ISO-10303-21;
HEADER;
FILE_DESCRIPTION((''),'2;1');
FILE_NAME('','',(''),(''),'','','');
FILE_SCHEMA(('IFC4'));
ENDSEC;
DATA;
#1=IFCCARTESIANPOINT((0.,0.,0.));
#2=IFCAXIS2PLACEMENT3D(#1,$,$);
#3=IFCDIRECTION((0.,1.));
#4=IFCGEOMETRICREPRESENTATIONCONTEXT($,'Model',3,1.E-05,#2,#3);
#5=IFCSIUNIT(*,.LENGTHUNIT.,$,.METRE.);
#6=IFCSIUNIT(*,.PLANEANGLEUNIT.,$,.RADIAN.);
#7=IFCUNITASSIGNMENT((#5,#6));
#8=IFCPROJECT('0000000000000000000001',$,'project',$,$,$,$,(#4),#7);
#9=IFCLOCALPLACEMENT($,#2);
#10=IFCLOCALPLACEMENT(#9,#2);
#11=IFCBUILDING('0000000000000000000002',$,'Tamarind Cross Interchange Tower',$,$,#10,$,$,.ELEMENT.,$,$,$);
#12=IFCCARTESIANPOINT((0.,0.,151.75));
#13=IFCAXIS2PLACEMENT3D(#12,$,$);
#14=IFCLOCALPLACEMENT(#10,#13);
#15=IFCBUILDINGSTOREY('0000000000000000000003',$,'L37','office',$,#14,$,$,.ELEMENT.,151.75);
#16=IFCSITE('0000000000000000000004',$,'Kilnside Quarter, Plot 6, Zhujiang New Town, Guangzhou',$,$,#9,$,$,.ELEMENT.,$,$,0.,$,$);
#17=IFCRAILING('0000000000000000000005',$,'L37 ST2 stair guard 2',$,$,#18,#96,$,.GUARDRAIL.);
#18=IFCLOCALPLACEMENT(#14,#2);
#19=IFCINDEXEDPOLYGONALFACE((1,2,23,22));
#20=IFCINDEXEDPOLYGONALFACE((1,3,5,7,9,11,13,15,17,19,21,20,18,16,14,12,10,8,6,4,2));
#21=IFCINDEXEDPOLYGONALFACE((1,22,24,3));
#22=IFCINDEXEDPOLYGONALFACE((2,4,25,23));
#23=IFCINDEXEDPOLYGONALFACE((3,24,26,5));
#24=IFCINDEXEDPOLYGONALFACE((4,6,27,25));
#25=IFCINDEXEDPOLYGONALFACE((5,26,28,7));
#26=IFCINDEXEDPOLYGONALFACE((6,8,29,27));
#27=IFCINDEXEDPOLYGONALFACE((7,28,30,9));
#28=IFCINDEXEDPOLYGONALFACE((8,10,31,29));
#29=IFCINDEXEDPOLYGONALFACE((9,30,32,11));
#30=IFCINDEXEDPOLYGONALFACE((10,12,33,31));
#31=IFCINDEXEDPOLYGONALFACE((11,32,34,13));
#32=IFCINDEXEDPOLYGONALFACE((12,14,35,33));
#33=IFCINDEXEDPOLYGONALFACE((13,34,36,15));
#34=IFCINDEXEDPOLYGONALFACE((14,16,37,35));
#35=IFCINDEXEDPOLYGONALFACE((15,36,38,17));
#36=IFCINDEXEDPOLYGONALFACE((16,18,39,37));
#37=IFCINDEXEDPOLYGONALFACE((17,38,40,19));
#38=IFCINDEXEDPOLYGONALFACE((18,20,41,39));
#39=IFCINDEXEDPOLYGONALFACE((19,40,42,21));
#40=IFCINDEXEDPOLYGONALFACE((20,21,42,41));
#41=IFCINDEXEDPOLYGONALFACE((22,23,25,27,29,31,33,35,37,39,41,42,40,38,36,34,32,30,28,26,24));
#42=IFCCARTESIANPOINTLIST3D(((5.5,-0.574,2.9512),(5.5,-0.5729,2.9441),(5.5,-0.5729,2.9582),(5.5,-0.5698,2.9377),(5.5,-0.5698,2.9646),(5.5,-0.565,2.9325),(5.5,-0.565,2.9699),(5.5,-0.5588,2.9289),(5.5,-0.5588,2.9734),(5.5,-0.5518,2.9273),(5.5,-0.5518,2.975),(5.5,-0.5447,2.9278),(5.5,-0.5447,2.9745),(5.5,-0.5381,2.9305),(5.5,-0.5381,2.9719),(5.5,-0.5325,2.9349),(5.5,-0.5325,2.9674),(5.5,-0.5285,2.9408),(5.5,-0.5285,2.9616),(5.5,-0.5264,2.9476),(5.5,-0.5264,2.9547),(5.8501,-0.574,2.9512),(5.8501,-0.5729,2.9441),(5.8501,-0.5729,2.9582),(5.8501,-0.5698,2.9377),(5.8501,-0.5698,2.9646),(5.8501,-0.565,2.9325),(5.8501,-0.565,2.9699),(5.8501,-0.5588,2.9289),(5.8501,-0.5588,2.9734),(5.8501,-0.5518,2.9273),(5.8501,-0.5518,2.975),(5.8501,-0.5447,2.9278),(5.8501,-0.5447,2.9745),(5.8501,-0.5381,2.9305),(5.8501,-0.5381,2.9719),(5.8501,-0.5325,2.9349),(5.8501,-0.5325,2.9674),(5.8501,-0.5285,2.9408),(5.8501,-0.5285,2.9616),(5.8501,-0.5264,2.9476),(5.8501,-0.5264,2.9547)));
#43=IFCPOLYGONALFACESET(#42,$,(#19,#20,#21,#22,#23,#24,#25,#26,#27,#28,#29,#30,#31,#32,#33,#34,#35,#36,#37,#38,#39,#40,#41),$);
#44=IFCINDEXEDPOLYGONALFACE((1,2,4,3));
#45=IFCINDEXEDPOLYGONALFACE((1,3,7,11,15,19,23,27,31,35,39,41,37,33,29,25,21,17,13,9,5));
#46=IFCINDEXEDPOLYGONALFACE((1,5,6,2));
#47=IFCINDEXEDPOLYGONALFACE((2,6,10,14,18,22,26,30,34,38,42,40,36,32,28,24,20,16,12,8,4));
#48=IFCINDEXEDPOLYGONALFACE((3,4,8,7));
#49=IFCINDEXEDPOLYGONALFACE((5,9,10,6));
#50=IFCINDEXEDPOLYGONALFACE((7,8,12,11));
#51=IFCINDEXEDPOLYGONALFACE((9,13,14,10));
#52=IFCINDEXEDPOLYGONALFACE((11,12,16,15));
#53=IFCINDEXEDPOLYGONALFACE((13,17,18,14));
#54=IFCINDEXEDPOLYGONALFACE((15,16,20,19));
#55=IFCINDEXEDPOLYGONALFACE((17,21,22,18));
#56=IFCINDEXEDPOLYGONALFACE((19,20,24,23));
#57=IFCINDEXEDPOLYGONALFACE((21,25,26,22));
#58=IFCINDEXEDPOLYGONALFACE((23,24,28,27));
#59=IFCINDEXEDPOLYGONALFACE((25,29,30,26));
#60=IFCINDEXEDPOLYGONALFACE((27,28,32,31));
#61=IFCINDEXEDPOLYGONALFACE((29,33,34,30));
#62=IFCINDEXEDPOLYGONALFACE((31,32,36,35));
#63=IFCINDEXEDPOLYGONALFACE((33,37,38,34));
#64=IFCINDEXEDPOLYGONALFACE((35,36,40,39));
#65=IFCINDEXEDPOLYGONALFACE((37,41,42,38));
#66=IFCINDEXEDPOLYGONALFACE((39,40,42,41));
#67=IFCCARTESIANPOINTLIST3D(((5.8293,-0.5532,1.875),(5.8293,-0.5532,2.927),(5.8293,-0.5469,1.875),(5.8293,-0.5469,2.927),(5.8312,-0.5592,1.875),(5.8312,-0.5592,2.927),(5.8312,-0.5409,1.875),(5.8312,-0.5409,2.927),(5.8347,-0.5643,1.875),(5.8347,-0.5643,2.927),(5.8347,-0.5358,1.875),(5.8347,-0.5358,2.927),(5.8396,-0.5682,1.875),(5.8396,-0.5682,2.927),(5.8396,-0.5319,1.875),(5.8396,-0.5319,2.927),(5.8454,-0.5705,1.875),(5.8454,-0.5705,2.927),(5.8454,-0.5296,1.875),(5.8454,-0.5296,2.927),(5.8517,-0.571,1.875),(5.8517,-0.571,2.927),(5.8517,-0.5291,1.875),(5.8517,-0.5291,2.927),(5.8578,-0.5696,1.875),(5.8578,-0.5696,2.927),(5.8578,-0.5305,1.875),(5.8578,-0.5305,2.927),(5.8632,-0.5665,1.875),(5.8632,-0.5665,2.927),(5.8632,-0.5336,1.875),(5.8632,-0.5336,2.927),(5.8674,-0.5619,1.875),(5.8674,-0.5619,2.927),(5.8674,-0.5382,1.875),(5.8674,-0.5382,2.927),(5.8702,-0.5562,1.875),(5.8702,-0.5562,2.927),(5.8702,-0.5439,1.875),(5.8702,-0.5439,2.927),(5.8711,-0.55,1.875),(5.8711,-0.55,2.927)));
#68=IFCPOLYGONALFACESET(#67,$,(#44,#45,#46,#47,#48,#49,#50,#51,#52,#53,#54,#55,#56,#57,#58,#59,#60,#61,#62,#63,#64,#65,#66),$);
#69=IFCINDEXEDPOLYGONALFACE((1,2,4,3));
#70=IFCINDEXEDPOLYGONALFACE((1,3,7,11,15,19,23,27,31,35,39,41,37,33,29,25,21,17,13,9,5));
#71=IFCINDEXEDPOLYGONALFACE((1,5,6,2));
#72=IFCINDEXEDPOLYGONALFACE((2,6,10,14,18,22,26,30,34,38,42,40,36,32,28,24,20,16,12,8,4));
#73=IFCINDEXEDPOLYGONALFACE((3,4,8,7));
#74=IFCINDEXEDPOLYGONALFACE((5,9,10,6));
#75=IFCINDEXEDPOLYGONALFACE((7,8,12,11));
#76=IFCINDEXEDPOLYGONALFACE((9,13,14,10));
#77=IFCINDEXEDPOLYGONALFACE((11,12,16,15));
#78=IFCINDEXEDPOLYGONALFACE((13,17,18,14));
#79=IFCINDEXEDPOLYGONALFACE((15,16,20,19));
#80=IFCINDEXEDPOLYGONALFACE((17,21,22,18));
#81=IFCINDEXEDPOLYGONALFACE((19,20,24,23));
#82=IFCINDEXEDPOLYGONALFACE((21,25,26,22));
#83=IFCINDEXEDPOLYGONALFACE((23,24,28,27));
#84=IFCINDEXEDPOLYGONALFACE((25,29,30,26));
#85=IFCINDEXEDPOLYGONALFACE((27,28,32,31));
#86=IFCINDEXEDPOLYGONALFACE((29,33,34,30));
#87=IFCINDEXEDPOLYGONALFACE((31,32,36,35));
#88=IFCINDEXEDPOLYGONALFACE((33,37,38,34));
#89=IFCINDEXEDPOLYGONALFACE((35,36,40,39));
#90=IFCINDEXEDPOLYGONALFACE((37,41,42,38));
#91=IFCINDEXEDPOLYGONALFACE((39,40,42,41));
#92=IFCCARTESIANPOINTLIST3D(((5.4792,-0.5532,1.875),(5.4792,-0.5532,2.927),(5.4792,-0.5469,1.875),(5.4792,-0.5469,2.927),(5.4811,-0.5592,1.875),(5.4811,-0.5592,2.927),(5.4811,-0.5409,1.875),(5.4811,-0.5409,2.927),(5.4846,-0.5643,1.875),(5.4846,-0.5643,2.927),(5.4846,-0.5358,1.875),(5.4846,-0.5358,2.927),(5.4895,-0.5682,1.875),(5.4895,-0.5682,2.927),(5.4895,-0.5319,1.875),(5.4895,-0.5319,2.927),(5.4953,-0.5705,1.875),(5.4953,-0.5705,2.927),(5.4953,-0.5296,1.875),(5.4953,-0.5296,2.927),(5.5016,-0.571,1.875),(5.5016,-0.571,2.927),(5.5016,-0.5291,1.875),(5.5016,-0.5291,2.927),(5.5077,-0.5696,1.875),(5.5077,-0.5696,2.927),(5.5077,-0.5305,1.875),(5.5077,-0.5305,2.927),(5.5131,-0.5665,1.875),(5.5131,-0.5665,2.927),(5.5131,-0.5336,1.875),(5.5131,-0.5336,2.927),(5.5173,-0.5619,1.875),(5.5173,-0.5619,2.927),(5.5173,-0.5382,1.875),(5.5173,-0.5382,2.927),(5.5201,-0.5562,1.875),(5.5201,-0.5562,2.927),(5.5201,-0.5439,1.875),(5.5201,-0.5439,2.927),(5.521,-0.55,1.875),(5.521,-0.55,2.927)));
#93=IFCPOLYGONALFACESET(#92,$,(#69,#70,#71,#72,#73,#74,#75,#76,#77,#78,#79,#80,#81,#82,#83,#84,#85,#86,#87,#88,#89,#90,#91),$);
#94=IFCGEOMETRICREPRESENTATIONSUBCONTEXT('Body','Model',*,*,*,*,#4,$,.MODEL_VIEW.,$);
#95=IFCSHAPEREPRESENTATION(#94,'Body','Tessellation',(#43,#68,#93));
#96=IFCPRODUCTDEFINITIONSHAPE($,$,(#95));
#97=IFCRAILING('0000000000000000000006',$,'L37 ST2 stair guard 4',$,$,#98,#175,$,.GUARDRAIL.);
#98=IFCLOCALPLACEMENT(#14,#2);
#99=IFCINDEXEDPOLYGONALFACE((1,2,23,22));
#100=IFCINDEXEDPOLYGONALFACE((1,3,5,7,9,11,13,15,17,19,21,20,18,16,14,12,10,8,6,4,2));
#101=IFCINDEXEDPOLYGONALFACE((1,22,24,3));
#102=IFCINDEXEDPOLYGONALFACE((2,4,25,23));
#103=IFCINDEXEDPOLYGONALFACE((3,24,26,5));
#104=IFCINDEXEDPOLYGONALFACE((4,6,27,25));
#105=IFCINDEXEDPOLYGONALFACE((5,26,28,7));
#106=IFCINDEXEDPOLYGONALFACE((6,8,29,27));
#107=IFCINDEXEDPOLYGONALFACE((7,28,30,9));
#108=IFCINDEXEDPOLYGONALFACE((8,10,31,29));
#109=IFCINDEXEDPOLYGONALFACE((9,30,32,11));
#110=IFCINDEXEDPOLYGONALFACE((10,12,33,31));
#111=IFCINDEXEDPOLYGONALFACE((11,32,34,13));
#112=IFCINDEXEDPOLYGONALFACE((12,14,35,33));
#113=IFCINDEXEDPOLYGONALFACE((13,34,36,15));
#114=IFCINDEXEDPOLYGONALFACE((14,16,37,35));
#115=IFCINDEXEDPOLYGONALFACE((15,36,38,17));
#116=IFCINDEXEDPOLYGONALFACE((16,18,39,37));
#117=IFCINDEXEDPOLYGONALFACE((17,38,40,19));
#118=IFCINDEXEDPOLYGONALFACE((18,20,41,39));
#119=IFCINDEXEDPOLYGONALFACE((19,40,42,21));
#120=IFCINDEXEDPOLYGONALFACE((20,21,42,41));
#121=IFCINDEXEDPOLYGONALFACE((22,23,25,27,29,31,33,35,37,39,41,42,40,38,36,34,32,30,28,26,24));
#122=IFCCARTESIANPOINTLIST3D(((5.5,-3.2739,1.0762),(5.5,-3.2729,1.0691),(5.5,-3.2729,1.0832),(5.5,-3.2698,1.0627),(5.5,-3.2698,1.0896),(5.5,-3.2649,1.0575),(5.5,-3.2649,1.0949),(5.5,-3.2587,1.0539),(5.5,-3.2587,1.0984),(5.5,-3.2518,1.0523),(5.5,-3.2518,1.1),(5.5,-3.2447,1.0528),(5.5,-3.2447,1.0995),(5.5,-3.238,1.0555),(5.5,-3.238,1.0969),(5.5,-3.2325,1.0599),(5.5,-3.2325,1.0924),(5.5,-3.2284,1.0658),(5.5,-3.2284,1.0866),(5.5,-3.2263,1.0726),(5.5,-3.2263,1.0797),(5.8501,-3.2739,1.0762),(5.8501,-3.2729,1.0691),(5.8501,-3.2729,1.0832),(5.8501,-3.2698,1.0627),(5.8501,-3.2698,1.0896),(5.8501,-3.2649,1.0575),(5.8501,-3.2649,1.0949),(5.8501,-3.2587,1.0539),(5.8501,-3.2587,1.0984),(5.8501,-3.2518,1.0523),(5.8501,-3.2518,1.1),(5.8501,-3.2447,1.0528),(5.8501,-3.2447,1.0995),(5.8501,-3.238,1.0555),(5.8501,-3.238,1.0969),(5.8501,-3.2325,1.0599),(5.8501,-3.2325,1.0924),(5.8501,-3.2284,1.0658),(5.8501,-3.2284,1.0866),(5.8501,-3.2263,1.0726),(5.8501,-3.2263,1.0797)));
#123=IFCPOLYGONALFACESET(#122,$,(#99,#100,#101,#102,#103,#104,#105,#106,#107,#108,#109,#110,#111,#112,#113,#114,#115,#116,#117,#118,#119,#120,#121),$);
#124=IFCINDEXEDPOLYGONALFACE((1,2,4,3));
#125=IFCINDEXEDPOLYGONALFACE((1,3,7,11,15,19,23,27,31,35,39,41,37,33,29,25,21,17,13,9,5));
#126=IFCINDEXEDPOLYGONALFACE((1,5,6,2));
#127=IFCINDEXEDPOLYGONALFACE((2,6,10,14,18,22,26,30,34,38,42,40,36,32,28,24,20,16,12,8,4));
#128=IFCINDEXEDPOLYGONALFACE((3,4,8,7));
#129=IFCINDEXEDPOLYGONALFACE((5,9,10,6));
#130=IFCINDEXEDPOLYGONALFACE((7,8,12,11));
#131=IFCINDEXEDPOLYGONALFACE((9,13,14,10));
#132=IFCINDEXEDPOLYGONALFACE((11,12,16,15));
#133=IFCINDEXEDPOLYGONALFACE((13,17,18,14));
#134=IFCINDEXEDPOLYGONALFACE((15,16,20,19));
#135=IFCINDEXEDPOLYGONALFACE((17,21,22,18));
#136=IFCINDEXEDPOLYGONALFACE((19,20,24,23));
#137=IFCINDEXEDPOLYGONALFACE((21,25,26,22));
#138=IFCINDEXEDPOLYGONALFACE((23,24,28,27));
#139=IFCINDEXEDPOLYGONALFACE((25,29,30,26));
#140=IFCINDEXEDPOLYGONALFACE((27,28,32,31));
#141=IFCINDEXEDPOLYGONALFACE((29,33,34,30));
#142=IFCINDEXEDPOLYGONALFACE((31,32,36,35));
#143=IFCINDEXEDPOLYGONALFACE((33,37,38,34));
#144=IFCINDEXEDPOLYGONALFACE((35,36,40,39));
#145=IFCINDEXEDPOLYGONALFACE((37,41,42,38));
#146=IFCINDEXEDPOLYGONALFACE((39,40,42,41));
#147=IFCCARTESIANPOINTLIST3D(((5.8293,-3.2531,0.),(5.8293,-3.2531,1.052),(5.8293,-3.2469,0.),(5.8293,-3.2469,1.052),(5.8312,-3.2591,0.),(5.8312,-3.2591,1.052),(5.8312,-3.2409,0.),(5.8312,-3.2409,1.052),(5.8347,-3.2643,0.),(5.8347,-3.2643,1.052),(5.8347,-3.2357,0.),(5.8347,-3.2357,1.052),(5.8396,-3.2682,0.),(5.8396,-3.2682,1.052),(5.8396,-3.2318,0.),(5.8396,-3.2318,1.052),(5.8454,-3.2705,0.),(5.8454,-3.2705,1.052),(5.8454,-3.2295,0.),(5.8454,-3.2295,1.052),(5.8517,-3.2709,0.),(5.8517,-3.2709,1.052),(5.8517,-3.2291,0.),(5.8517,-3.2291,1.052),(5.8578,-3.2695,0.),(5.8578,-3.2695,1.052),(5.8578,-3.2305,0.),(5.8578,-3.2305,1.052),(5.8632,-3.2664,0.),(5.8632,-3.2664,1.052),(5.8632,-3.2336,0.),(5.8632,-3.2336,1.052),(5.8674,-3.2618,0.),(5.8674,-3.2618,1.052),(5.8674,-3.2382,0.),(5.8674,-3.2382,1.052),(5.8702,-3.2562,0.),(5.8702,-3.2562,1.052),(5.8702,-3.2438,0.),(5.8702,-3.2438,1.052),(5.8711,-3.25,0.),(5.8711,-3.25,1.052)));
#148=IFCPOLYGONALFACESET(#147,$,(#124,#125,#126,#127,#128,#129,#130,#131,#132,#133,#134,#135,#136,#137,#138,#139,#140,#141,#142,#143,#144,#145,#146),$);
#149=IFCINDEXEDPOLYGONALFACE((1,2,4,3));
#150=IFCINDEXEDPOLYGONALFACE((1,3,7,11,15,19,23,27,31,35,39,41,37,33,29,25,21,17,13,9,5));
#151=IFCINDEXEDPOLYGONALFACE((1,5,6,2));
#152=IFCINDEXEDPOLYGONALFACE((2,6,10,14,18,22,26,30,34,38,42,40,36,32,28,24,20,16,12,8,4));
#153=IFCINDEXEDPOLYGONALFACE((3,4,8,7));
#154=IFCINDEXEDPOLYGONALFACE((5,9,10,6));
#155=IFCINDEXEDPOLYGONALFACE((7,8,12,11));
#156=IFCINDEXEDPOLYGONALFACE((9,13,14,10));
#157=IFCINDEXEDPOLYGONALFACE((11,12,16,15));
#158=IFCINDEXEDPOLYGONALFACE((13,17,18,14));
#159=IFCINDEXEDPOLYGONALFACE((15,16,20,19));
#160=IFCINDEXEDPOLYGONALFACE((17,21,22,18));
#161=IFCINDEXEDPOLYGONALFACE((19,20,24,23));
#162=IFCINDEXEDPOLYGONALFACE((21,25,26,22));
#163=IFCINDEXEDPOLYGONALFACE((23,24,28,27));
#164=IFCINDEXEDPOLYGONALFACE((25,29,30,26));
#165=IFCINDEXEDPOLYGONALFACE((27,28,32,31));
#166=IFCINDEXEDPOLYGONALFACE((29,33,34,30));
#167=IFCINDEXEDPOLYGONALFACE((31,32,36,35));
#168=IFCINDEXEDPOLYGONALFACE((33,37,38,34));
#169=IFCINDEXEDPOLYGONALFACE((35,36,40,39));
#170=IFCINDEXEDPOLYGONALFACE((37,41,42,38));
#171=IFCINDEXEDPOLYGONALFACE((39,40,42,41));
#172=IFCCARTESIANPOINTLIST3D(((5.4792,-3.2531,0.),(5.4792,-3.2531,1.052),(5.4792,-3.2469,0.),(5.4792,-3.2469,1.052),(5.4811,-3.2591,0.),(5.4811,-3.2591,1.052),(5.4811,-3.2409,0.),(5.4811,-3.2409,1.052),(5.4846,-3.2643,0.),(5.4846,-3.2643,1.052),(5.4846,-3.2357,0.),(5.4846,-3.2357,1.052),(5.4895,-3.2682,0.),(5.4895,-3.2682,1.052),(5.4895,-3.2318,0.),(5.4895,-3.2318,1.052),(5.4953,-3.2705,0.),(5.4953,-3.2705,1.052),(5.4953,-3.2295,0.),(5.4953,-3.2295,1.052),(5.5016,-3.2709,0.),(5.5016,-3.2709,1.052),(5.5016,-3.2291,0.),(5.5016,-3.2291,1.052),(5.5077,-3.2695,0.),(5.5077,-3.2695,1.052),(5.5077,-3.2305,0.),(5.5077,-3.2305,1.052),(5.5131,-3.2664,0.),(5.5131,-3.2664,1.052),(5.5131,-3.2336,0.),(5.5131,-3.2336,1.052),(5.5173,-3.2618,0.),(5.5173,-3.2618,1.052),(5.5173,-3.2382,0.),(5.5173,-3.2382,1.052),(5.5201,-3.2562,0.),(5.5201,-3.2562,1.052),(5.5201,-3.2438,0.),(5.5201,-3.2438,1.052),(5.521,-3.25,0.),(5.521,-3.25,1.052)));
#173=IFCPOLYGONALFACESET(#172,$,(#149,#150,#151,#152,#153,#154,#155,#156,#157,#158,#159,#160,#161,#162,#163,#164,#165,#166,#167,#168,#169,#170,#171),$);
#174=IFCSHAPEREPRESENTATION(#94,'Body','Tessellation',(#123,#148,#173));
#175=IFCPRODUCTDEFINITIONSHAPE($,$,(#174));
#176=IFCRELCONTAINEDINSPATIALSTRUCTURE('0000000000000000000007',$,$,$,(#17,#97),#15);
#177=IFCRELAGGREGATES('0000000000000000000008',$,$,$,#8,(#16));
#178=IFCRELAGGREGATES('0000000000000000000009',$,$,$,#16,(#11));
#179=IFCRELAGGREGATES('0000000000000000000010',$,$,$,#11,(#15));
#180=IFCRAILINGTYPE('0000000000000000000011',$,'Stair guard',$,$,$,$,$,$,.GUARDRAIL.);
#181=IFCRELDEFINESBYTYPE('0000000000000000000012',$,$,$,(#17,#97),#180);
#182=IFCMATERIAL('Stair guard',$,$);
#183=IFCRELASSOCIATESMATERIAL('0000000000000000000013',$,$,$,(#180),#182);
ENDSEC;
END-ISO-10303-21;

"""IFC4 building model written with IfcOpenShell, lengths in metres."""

from ifc_helpers import new_model, si_unit, direction, frame, origin, origin_2d, place, context, subcontext, project, spatial, circle, extrude, material, type_object, element, save


model = new_model("IFC4")

# Units and contexts
model_context = context("Model", 3, precision=1e-05, world=origin(), true_north=direction((0.0, 1.0)))
body_context = subcontext(model_context, "Body", "Model", "MODEL_VIEW")
ifc_project = project(units=[si_unit("LENGTHUNIT", "METRE"), si_unit("PLANEANGLEUNIT", "RADIAN")], contexts=[model_context])

# Site, building, storey
site_placement = place(None, origin())
site = spatial("IfcSite", under=ifc_project, at=site_placement, Name="Kilnside Quarter, Plot 6, Zhujiang New Town, Guangzhou", CompositionType="ELEMENT", RefElevation=0.0)
building_placement = place(site_placement, origin())
building = spatial("IfcBuilding", under=site, at=building_placement, Name="Tamarind Cross Interchange Tower", CompositionType="ELEMENT")
storey_placement = place(building_placement, frame((0.0, 0.0, 151.75)))
storey = spatial("IfcBuildingStorey", under=building, at=storey_placement, Name="L37", Description="office", CompositionType="ELEMENT", Elevation=151.75)

# Railings
ifc_material_1 = material(Name="Stair guard")
railing_type_1 = type_object("IfcRailingType", Name="Stair guard", PredefinedType="GUARDRAIL", material=ifc_material_1)
for number, where, name in (
    (1, (5.8501, -0.55, 1.875), "L37 ST2 stair guard 2"),
    (2, (5.8501, -3.25, 0.0), "L37 ST2 stair guard 4"),
):
    element("IfcRailing", number, at=place(storey_placement, frame(where)), inside=storey, type_object=railing_type_1, Name=name, PredefinedType="GUARDRAIL", context=body_context, shape_type="SweptSolid", body=[
        extrude(circle(Radius=0.0239, at=origin_2d()), frame((0.0, 0.0, 1.0762), z_axis=(-1.0, 0.0, 0.0), x_axis=(0.0, -1.0, 0.0)), (0.0, 0.0, 1.0), 0.3501),
        extrude(circle(Radius=0.021, at=origin_2d()), origin(), (0.0, 0.0, 1.0), 1.052),
        extrude(circle(Radius=0.021, at=origin_2d()), frame((-0.3501, 0.0, 0.0)), (0.0, 0.0, 1.0), 1.052),
    ])

save(model, "model.ifc")
